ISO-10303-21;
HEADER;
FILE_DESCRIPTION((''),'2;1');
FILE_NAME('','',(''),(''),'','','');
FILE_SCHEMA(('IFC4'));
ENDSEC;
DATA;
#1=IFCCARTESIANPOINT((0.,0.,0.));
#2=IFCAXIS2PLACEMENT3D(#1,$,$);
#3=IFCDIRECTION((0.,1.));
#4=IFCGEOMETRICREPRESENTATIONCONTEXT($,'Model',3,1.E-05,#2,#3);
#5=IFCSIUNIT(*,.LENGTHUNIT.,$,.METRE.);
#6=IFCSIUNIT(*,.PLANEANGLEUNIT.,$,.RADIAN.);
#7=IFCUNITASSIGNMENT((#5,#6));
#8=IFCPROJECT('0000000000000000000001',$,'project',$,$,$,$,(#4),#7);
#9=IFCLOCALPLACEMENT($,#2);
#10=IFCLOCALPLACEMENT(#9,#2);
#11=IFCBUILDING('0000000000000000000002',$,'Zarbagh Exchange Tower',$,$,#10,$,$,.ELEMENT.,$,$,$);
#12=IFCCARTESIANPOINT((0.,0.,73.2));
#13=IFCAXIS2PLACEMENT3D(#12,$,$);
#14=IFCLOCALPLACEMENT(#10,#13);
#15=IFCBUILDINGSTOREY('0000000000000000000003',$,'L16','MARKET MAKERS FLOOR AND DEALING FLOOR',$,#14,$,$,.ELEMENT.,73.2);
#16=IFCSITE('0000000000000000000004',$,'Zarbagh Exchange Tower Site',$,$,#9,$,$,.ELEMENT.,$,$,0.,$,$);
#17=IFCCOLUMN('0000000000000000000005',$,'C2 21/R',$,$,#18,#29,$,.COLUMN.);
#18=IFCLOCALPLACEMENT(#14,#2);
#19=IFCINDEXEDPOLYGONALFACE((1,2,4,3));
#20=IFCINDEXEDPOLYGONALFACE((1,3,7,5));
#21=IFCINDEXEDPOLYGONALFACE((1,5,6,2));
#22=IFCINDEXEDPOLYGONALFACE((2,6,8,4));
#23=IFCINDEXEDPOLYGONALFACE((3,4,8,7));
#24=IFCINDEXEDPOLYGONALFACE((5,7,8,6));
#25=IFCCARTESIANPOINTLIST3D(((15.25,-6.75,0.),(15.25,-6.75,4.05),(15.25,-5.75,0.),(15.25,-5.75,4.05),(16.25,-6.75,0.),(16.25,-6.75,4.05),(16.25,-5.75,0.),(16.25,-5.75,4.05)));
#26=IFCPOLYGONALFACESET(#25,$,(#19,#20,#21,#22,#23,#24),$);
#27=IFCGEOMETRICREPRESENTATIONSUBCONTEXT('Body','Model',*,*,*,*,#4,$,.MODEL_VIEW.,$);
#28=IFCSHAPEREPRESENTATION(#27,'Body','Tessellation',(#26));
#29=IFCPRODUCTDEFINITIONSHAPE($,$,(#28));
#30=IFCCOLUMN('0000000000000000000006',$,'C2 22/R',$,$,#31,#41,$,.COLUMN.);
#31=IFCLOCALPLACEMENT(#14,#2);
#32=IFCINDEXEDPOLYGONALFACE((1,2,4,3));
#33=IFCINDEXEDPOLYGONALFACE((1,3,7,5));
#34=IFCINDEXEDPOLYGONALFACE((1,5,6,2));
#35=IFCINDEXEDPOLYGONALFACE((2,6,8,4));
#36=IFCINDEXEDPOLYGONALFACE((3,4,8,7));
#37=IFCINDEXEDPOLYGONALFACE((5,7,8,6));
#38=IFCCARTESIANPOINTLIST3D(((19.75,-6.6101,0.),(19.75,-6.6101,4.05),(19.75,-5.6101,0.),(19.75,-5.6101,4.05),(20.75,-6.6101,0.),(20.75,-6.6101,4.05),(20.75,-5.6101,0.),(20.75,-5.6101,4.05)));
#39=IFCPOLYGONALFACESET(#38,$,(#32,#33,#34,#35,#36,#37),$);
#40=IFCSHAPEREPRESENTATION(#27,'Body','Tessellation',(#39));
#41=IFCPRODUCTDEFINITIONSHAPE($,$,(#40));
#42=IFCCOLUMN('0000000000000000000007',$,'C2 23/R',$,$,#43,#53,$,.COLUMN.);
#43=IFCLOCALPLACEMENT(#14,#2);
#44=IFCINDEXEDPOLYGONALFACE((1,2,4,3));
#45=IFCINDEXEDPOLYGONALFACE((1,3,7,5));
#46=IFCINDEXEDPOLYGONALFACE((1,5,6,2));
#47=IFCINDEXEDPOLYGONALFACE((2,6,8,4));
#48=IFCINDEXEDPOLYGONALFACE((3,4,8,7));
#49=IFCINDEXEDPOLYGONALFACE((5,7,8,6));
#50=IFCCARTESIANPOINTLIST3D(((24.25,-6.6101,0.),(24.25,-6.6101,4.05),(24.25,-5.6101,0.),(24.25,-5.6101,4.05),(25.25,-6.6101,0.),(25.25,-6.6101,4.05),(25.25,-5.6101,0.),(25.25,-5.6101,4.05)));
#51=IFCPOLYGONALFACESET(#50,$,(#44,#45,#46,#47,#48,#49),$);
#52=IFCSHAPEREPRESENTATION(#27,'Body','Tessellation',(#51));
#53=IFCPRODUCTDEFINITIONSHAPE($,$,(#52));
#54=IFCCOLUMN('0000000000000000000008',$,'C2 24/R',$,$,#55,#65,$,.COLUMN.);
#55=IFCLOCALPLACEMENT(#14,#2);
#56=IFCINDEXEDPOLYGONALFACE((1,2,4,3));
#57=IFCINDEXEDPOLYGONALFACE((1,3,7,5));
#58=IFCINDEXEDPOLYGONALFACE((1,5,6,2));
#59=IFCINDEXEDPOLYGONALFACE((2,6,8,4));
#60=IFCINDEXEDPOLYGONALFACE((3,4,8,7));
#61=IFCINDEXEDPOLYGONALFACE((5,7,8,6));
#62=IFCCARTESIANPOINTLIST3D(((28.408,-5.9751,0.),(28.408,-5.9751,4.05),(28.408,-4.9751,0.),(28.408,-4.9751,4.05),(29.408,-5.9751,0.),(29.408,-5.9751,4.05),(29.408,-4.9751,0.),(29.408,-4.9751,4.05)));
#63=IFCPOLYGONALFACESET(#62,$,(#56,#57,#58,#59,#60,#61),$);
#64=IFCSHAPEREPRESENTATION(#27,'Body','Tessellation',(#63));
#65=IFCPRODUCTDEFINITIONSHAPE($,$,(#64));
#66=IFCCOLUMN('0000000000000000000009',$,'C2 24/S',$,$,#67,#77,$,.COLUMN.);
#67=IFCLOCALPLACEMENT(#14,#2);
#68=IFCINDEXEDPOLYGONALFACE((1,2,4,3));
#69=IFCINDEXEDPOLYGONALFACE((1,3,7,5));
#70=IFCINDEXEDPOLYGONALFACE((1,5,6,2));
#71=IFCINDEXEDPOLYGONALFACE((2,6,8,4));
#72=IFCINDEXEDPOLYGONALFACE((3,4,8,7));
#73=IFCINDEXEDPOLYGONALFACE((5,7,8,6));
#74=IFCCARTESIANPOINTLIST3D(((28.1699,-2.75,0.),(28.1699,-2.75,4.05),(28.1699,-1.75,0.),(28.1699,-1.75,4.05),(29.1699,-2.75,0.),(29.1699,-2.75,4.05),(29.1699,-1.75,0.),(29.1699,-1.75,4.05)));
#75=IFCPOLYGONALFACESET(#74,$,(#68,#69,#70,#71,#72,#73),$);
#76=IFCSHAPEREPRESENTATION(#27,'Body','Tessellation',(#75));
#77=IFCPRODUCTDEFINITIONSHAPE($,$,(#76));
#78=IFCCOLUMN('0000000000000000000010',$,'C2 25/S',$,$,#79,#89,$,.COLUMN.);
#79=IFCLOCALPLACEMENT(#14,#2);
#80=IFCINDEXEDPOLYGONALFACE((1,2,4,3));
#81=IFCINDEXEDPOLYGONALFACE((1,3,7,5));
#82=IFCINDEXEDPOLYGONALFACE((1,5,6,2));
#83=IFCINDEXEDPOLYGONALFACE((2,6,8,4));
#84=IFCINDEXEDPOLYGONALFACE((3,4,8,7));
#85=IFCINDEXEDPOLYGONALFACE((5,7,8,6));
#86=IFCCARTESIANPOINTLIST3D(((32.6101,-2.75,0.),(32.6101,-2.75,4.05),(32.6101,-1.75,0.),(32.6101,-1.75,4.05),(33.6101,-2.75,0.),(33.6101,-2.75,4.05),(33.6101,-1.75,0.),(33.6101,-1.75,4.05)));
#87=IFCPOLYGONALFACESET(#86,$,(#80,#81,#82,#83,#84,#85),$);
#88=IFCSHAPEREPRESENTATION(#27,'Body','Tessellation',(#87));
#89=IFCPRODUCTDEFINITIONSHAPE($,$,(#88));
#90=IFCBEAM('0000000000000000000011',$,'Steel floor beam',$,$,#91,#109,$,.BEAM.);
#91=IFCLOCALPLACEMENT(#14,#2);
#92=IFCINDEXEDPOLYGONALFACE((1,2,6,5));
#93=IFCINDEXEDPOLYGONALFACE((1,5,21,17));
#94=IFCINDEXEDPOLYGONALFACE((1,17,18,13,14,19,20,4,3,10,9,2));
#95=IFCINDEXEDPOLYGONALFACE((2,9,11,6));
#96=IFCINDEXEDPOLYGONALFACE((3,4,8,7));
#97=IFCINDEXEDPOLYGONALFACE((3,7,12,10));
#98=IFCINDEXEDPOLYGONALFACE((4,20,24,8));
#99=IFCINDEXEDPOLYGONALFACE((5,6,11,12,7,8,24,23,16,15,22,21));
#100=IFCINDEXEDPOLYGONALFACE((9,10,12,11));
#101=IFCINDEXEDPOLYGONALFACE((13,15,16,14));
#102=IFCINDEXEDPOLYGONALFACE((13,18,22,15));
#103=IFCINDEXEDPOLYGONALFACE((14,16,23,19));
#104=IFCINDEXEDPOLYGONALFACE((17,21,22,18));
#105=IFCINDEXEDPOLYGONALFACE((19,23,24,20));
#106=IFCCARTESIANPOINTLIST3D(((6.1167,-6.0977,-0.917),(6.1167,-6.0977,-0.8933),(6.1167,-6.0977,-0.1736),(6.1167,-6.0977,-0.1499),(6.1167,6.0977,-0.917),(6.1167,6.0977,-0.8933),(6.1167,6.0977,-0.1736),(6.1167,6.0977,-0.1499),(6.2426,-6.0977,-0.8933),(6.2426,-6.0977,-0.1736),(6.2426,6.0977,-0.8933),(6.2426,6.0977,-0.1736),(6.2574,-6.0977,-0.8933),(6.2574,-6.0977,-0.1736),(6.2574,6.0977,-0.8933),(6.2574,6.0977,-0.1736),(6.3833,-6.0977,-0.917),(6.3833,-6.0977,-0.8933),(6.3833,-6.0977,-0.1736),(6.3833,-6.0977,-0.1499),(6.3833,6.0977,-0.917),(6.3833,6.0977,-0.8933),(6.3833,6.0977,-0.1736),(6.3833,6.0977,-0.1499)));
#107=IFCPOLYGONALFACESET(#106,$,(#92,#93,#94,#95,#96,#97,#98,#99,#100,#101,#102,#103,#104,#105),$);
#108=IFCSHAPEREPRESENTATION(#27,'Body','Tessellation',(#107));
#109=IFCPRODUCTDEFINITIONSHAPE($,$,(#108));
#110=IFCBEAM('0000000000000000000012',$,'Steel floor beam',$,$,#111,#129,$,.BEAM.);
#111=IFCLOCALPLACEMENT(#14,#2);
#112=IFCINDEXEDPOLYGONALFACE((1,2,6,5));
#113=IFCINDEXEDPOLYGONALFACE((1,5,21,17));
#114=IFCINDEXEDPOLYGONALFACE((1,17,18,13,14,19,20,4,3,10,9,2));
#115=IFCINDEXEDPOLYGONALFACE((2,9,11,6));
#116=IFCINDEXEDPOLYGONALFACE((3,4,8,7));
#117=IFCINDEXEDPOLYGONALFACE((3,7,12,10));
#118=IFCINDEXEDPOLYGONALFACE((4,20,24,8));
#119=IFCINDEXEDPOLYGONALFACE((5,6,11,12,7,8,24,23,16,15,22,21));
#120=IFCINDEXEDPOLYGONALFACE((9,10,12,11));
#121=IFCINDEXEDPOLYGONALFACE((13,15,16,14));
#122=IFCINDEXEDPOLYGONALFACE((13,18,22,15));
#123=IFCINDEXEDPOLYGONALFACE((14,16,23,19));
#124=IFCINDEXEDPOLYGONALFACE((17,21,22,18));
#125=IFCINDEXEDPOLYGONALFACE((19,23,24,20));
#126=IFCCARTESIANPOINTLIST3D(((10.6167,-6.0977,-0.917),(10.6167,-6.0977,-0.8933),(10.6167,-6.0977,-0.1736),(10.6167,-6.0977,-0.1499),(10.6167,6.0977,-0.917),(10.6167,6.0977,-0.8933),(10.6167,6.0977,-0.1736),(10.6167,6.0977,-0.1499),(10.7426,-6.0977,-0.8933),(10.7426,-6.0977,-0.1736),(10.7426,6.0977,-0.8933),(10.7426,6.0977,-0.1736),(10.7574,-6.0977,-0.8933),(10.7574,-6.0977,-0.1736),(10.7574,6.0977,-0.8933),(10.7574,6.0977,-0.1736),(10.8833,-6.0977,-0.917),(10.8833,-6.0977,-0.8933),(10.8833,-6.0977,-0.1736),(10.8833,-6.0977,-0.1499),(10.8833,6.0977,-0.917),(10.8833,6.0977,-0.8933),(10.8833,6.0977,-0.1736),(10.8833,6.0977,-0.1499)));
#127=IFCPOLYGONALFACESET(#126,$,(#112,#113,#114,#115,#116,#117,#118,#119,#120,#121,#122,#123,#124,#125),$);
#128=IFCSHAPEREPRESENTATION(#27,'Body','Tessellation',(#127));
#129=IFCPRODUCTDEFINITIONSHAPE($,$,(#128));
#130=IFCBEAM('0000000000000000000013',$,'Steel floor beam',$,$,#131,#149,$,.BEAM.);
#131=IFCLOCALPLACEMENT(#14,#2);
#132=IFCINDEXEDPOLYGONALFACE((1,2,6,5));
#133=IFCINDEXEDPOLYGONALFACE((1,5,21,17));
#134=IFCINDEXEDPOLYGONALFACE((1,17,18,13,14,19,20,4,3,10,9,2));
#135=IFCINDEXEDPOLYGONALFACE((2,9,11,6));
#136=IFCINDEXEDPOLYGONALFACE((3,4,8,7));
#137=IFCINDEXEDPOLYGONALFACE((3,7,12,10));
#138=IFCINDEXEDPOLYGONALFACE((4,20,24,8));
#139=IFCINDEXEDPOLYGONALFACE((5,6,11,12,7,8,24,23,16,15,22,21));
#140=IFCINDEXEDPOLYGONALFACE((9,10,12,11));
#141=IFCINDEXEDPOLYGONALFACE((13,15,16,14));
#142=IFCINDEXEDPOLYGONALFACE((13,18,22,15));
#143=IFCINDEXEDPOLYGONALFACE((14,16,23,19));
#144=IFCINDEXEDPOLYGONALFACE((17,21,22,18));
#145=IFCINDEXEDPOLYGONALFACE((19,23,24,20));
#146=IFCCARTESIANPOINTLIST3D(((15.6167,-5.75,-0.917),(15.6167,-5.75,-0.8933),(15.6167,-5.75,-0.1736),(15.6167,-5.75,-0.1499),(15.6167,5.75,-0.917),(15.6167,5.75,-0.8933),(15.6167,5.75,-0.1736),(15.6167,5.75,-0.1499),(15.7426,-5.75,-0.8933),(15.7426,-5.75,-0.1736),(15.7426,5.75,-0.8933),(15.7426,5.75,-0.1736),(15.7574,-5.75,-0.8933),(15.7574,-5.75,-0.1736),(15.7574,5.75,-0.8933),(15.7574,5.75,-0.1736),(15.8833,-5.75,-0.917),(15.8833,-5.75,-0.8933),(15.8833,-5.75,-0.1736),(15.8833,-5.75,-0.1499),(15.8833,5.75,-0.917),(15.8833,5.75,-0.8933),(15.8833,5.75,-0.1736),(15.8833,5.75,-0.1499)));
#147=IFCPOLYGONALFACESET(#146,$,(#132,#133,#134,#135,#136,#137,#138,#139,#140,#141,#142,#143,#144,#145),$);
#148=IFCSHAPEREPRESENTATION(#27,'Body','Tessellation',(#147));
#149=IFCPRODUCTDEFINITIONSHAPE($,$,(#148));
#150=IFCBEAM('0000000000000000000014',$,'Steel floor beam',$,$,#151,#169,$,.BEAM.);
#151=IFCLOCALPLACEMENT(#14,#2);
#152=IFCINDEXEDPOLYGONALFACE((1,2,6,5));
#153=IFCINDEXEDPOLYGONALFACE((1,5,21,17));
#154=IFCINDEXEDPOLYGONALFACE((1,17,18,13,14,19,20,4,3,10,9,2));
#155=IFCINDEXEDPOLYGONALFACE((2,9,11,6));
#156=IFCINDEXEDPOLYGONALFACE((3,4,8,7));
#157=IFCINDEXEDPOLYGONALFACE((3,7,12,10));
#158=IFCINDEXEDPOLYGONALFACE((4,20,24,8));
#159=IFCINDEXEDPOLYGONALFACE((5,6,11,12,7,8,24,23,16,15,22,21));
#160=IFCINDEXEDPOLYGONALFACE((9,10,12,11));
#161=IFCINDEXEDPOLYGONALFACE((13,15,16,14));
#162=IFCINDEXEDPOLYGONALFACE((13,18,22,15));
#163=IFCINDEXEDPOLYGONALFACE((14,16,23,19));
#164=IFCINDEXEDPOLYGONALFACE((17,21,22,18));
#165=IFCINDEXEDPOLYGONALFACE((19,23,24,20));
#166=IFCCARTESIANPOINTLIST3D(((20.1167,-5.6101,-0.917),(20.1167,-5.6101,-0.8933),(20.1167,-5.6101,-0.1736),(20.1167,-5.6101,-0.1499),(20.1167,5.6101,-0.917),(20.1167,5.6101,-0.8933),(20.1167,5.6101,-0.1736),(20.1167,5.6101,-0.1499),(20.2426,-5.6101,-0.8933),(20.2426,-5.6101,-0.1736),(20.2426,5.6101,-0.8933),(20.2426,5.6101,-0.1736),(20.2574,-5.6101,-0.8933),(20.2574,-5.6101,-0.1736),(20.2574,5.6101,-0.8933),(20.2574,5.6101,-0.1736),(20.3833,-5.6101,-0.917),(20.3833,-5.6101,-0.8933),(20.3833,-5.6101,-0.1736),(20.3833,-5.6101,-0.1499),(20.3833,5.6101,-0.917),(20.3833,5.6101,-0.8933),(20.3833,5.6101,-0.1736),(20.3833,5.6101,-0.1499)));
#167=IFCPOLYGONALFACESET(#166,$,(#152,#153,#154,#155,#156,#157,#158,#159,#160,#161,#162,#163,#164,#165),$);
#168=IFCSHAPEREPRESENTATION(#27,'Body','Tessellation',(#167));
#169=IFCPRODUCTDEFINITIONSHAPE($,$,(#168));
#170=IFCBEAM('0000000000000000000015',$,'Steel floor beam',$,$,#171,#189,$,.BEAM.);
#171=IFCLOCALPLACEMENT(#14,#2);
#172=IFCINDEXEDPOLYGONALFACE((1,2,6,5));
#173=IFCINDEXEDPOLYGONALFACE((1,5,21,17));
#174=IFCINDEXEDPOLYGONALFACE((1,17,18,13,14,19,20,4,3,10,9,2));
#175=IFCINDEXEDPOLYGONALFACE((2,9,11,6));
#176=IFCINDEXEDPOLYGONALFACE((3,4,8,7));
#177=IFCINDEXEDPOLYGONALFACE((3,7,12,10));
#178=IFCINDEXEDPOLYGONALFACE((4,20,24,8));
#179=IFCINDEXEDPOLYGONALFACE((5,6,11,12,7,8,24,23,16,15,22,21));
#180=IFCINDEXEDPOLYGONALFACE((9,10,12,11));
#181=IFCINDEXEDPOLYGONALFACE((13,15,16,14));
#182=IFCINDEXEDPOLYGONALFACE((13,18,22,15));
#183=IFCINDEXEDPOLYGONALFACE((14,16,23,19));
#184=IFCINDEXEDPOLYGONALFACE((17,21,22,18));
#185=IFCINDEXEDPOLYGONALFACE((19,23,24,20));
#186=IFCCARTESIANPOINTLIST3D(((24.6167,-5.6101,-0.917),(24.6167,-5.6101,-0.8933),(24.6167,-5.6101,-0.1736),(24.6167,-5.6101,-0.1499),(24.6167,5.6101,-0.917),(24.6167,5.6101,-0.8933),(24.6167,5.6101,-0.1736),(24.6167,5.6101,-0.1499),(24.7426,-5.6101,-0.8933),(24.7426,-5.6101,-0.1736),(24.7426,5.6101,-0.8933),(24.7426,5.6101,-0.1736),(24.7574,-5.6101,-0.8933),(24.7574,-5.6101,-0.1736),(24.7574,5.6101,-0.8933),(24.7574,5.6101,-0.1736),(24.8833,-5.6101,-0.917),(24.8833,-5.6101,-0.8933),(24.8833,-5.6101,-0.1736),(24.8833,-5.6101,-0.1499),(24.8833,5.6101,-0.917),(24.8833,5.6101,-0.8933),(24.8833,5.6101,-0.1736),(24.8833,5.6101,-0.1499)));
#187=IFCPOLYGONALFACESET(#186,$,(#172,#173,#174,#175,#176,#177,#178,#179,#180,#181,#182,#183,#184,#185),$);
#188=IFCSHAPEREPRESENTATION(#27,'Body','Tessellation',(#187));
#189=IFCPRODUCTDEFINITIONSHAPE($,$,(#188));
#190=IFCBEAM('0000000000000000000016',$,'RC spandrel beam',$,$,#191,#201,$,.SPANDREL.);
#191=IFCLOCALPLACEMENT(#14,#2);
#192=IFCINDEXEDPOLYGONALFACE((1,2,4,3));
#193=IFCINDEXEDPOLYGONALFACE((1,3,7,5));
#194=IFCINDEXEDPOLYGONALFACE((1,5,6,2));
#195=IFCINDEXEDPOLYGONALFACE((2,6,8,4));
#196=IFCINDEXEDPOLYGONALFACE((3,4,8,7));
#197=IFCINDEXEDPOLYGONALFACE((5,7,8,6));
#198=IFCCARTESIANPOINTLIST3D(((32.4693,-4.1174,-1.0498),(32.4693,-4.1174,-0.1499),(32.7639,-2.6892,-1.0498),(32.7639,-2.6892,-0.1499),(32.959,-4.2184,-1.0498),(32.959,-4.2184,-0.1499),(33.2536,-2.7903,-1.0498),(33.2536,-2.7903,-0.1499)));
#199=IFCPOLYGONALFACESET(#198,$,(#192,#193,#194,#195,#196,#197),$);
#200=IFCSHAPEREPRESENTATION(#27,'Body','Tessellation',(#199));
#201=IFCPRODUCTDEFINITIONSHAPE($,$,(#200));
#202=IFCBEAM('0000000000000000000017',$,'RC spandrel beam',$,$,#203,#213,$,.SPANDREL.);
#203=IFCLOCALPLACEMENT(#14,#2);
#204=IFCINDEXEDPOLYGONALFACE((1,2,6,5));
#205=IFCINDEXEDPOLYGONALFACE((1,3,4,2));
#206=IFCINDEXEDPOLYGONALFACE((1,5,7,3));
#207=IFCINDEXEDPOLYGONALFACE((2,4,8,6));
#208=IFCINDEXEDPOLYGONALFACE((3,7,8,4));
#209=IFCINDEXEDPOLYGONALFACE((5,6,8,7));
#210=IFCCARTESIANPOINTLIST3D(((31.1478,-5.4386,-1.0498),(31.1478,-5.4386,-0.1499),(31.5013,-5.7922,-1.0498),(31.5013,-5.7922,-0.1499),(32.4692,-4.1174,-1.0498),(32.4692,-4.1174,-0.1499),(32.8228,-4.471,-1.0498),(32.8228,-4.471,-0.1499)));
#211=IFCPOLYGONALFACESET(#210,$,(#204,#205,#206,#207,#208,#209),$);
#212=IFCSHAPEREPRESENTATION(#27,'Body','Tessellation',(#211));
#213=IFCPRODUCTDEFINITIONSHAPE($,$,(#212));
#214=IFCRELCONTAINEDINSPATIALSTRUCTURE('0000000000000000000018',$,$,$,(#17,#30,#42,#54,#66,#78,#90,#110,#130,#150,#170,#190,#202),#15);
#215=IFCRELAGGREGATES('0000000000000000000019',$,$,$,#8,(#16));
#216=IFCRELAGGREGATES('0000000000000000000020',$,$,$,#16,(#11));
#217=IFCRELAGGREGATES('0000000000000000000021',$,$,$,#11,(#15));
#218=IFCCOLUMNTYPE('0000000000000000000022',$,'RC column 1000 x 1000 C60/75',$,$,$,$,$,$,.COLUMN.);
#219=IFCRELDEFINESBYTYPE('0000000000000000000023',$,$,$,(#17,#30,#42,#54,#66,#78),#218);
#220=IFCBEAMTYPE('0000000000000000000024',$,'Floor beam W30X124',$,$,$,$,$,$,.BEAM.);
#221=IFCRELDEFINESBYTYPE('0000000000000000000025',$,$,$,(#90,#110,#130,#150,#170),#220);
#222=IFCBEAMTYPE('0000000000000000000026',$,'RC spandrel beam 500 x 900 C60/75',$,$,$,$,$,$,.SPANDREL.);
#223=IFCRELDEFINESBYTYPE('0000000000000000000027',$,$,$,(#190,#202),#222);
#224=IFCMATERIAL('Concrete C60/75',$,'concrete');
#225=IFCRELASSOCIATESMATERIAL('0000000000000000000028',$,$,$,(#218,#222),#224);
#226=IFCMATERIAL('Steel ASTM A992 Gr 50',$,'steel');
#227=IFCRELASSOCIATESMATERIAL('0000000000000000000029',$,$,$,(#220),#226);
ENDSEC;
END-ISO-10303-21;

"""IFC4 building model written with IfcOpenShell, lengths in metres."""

from ifc_helpers import new_model, si_unit, direction, frame, origin, origin_2d, place, context, subcontext, project, spatial, rectangle, i_section, extrude, material, material_profile, profile_set, type_object, element, save


model = new_model("IFC4")

# Units and contexts
model_context = context("Model", 3, precision=1e-05, world=origin(), true_north=direction((0.0, 1.0)))
body_context = subcontext(model_context, "Body", "Model", "MODEL_VIEW")
ifc_project = project(units=[si_unit("LENGTHUNIT", "METRE"), si_unit("PLANEANGLEUNIT", "RADIAN")], contexts=[model_context])

# Site, building, storey
site_placement = place(None, origin())
site = spatial("IfcSite", under=ifc_project, at=site_placement, Name="Zarbagh Exchange Tower Site", CompositionType="ELEMENT", RefElevation=0.0)
building_placement = place(site_placement, origin())
building = spatial("IfcBuilding", under=site, at=building_placement, Name="Zarbagh Exchange Tower", CompositionType="ELEMENT")
storey_placement = place(building_placement, frame((0.0, 0.0, 73.2)))
storey = spatial("IfcBuildingStorey", under=building, at=storey_placement, Name="L16", Description="MARKET MAKERS FLOOR AND DEALING FLOOR", CompositionType="ELEMENT", Elevation=73.2)

# Columns
ifc_material_1 = material(Name="Concrete C60/75", Category="concrete")
ifc_material_profile_1 = material_profile(ifc_material_1, rectangle(XDim=1.0, YDim=1.0, at=origin_2d()), Name="RC column 1000 x 1000 C60/75")
ifc_profile_set_1 = profile_set([ifc_material_profile_1], Name="Concrete C60/75")
column_type = type_object("IfcColumnType", Name="RC column 1000 x 1000 C60/75", PredefinedType="COLUMN", material=ifc_profile_set_1)
for number, where, z_axis, x_axis, name in (
    (1, (15.75, -6.25, 0.0), (0.0, 0.0, 1.0), (1.0, 0.0, 0.0), "C2 21/R"),
    (2, (20.25, -6.1101, 0.0), (0.0, 0.0, 1.0), (1.0, 0.0, 0.0), "C2 22/R"),
    (3, (24.75, -6.1101, 0.0), (0.0, 0.0, 1.0), (1.0, 0.0, 0.0), "C2 23/R"),
    (4, (28.908, -5.4751, 0.0), (0.0, 0.0, 1.0), (1.0, 0.0, 0.0), "C2 24/R"),
    (5, (28.6699, -2.25, 0.0), (0.0, 0.0, 1.0), (1.0, 0.0, 0.0), "C2 24/S"),
    (6, (33.1101, -2.25, 0.0), (0.0, 0.0, 1.0), (1.0, 0.0, 0.0), "C2 25/S"),
):
    element("IfcColumn", number, at=place(storey_placement, frame(where, z_axis=z_axis, x_axis=x_axis)), inside=storey, type_object=column_type, Name=name, PredefinedType="COLUMN", context=body_context, shape_type="SweptSolid", body=[
        extrude(rectangle(XDim=1.0, YDim=1.0, at=origin_2d()), origin(), (0.0, 0.0, 1.0), 4.05),
    ])

# Beams
ifc_material_2 = material(Name="Steel ASTM A992 Gr 50", Category="steel")
ifc_material_profile_2 = material_profile(ifc_material_2, i_section(OverallWidth=0.2666, OverallDepth=0.7671, WebThickness=0.0149, FlangeThickness=0.0237, at=origin_2d()), Name="W30X124")
ifc_profile_set_2 = profile_set([ifc_material_profile_2], Name="Steel ASTM A992 Gr 50")
beam_type_1 = type_object("IfcBeamType", Name="Floor beam W30X124", PredefinedType="BEAM", material=ifc_profile_set_2)
for number, where, z_axis, x_axis, name in (
    (7, (6.25, -6.0977, -0.5334), (0.0, 1.0, 0.0), (-1.0, 0.0, 0.0), "Steel floor beam"),
    (8, (10.75, -6.0977, -0.5334), (0.0, 1.0, 0.0), (-1.0, 0.0, 0.0), "Steel floor beam"),
):
    element("IfcBeam", number, at=place(storey_placement, frame(where, z_axis=z_axis, x_axis=x_axis)), inside=storey, type_object=beam_type_1, Name=name, PredefinedType="BEAM", context=body_context, shape_type="SweptSolid", body=[
        extrude(i_section(OverallWidth=0.2666, OverallDepth=0.7671, WebThickness=0.0149, FlangeThickness=0.0237, at=origin_2d()), origin(), (0.0, 0.0, 1.0), 12.1953),
    ])
beam_1_placement = place(storey_placement, frame((15.75, -5.75, -0.5334), z_axis=(0.0, 1.0, 0.0), x_axis=(-1.0, 0.0, 0.0)))
element("IfcBeam", 9, at=beam_1_placement, inside=storey, type_object=beam_type_1, Name="Steel floor beam", PredefinedType="BEAM", context=body_context, shape_type="SweptSolid", body=[
    extrude(i_section(OverallWidth=0.2666, OverallDepth=0.7671, WebThickness=0.0149, FlangeThickness=0.0237, at=origin_2d()), origin(), (0.0, 0.0, 1.0), 11.5),
])
for number, where, z_axis, x_axis, name in (
    (10, (20.25, -5.6101, -0.5334), (0.0, 1.0, 0.0), (-1.0, 0.0, 0.0), "Steel floor beam"),
    (11, (24.75, -5.6101, -0.5334), (0.0, 1.0, 0.0), (-1.0, 0.0, 0.0), "Steel floor beam"),
):
    element("IfcBeam", number, at=place(storey_placement, frame(where, z_axis=z_axis, x_axis=x_axis)), inside=storey, type_object=beam_type_1, Name=name, PredefinedType="BEAM", context=body_context, shape_type="SweptSolid", body=[
        extrude(i_section(OverallWidth=0.2666, OverallDepth=0.7671, WebThickness=0.0149, FlangeThickness=0.0237, at=origin_2d()), origin(), (0.0, 0.0, 1.0), 11.2202),
    ])
ifc_material_profile_3 = material_profile(ifc_material_1, rectangle(XDim=0.5, YDim=0.8999, at=origin_2d()), Name="RC spandrel beam 500 x 900 C60/75")
ifc_profile_set_3 = profile_set([ifc_material_profile_3], Name="Concrete C60/75")
beam_type_2 = type_object("IfcBeamType", Name="RC spandrel beam 500 x 900 C60/75", PredefinedType="SPANDREL", material=ifc_profile_set_3)
beam_2_placement = place(storey_placement, frame((33.0088, -2.7397, -0.5999), z_axis=(-0.202069, -0.979371, 0.0), x_axis=(0.979371, -0.202069, 0.0)))
element("IfcBeam", 12, at=beam_2_placement, inside=storey, type_object=beam_type_2, Name="RC spandrel beam", PredefinedType="SPANDREL", context=body_context, shape_type="SweptSolid", body=[
    extrude(rectangle(XDim=0.5, YDim=0.8999, at=origin_2d()), origin(), (0.0, 0.0, 1.0), 1.4583),
])
beam_3_placement = place(storey_placement, frame((32.646, -4.2942, -0.5999), z_axis=(-0.707172, -0.707041, 0.0), x_axis=(0.707041, -0.707172, 0.0)))
element("IfcBeam", 13, at=beam_3_placement, inside=storey, type_object=beam_type_2, Name="RC spandrel beam", PredefinedType="SPANDREL", context=body_context, shape_type="SweptSolid", body=[
    extrude(rectangle(XDim=0.5, YDim=0.8999, at=origin_2d()), origin(), (0.0, 0.0, 1.0), 1.8687),
])

save(model, "model.ifc")
